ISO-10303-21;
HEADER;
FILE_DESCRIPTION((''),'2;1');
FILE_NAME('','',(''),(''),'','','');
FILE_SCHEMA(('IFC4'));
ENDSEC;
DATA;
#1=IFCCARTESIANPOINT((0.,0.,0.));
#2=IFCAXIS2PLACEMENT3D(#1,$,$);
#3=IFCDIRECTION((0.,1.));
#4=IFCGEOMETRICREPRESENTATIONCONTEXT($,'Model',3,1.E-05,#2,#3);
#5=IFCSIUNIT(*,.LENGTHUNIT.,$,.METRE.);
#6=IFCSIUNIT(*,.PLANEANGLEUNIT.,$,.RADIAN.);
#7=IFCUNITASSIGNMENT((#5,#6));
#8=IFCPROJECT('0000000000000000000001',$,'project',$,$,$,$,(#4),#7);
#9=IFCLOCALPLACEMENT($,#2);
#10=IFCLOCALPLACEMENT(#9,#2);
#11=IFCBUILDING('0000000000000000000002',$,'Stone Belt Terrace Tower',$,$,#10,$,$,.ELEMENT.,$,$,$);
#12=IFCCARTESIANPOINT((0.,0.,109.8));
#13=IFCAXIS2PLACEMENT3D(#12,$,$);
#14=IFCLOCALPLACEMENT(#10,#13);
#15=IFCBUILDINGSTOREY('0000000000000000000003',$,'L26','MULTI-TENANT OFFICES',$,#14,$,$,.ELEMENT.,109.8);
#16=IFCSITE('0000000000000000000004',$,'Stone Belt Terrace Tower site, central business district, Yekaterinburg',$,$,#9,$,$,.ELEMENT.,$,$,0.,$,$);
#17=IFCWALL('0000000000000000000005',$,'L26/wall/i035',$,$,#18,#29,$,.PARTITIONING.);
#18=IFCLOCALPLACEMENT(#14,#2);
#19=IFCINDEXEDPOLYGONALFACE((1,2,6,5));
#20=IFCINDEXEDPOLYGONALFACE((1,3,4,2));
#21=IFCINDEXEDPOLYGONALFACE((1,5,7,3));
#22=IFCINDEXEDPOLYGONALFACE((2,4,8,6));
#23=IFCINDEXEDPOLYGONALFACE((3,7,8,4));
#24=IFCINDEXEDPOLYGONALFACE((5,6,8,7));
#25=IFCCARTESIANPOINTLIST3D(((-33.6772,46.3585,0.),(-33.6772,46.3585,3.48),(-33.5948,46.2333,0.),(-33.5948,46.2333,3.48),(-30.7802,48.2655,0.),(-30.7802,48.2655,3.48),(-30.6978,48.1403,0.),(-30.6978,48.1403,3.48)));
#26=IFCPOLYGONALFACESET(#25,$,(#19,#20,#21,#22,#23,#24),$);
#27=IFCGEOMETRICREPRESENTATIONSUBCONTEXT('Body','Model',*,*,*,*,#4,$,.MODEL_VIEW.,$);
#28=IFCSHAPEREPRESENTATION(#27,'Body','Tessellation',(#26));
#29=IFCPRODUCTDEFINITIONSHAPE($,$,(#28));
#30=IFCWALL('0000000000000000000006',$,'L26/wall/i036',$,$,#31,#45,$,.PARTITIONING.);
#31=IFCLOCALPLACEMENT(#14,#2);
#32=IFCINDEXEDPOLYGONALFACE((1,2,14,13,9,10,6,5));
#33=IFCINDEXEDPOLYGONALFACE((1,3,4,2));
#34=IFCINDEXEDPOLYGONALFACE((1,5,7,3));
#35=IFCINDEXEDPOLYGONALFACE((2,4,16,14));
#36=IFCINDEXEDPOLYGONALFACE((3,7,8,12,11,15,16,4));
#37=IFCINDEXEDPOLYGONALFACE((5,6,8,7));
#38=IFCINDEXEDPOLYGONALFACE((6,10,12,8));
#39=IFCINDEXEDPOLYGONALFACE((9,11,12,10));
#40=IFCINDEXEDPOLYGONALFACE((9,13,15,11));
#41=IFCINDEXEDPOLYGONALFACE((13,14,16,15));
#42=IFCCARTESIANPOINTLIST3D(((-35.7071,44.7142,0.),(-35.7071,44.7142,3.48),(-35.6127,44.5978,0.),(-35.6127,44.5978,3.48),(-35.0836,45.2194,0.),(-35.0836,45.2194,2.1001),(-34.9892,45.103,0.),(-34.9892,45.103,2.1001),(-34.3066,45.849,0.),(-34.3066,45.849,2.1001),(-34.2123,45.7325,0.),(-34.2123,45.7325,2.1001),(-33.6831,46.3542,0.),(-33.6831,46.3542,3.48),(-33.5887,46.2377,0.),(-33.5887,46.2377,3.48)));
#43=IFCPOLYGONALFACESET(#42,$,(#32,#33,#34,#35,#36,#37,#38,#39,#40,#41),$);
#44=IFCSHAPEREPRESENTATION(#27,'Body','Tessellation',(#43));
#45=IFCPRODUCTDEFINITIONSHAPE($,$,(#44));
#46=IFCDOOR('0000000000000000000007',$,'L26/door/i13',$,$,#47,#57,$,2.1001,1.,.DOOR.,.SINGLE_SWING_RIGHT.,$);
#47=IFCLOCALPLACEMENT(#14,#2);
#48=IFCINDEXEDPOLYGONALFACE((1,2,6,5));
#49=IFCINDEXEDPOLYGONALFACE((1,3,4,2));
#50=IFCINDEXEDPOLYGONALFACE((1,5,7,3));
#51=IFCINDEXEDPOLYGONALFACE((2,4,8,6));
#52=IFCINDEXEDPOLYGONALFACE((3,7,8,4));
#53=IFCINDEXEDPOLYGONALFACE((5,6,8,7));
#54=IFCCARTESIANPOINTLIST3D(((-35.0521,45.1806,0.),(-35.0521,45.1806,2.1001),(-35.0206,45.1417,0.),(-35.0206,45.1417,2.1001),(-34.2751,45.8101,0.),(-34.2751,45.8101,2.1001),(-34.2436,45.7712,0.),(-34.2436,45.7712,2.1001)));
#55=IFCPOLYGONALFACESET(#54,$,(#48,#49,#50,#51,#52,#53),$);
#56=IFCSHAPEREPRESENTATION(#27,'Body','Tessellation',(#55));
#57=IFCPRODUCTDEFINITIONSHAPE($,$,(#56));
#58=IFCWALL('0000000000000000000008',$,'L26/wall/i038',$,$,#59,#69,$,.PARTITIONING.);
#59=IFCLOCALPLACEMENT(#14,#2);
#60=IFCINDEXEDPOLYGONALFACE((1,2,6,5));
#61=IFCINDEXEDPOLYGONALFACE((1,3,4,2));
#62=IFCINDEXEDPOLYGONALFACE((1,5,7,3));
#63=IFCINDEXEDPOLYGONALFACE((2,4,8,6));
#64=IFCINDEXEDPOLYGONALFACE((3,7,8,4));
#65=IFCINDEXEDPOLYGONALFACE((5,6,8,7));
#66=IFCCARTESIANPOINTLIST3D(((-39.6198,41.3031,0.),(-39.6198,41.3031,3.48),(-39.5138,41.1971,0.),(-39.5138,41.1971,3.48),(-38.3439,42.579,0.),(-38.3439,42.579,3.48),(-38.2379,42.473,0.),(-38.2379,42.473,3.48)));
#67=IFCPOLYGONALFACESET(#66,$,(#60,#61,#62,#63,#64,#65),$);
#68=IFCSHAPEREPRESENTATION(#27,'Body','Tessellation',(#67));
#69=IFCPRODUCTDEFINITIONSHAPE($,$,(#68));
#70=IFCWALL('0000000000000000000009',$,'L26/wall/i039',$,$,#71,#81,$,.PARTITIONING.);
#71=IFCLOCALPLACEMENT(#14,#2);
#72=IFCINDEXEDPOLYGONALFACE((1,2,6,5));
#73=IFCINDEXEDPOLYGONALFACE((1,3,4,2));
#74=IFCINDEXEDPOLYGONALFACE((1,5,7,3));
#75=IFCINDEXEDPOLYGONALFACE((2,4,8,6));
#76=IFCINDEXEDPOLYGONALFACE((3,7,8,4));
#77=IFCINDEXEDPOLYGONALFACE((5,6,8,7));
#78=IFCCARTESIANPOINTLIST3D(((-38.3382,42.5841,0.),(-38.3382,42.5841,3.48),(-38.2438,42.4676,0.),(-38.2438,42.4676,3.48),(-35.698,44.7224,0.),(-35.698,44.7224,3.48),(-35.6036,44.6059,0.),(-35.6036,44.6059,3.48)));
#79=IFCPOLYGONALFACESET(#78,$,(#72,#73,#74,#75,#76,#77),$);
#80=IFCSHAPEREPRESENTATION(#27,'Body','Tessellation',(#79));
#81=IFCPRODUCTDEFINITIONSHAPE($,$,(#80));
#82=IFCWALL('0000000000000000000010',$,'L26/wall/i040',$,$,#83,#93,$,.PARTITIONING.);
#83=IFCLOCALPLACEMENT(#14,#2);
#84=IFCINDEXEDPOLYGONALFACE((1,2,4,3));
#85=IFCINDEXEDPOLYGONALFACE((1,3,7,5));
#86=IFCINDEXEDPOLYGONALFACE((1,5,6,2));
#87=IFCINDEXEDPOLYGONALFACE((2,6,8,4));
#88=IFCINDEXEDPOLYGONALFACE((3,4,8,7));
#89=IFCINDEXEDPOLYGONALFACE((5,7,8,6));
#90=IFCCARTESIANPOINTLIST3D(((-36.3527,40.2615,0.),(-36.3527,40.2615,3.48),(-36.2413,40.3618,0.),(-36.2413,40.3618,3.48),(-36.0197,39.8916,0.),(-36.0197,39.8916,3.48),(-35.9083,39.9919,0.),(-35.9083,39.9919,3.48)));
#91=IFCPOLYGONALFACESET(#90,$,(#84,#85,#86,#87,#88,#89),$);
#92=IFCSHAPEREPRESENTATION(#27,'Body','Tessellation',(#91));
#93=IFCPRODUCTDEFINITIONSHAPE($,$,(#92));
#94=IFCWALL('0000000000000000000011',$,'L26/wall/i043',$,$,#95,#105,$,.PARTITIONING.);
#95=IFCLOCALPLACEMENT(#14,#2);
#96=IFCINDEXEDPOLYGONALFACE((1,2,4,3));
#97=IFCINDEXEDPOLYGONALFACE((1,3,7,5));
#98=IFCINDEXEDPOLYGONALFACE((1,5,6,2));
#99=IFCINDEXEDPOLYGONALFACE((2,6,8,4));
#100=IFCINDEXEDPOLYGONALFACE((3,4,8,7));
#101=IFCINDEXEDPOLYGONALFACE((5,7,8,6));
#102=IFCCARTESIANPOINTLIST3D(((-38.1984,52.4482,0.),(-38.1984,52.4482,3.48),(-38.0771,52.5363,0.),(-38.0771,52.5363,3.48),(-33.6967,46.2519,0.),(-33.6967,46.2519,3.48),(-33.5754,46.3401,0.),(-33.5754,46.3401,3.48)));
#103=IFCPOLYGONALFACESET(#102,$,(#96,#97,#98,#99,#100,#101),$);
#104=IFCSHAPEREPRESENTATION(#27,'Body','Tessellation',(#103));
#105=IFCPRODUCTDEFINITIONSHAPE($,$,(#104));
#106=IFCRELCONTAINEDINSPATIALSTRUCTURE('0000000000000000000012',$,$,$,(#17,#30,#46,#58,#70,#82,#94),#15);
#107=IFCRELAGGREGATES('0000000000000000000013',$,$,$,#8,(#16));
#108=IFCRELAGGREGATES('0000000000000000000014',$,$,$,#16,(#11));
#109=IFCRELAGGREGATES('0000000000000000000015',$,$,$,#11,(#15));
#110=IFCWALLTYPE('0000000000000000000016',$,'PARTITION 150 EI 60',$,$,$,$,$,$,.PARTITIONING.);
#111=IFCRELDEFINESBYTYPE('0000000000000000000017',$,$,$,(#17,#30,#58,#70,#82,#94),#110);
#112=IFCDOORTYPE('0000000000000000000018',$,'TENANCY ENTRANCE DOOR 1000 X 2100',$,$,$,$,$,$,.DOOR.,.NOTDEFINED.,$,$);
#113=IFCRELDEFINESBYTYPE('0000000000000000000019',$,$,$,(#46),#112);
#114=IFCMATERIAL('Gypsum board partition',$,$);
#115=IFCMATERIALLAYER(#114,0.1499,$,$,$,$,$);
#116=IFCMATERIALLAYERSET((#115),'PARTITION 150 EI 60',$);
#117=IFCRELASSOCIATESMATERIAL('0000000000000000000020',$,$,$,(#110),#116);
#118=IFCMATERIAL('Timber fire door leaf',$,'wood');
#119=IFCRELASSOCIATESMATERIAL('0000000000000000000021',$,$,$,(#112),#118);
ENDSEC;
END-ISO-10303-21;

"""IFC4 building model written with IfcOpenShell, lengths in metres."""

from ifc_helpers import new_model, si_unit, direction, frame, frame_2d, origin, place, context, subcontext, project, spatial, rectangle, extrude, material, layer, layer_set, type_object, element, fill, save


model = new_model("IFC4")

# Units and contexts
model_context = context("Model", 3, precision=1e-05, world=origin(), true_north=direction((0.0, 1.0)))
body_context = subcontext(model_context, "Body", "Model", "MODEL_VIEW")
ifc_project = project(units=[si_unit("LENGTHUNIT", "METRE"), si_unit("PLANEANGLEUNIT", "RADIAN")], contexts=[model_context])

# Site, building, storey
site_placement = place(None, origin())
site = spatial("IfcSite", under=ifc_project, at=site_placement, Name="Stone Belt Terrace Tower site, central business district, Yekaterinburg", CompositionType="ELEMENT", RefElevation=0.0)
building_placement = place(site_placement, origin())
building = spatial("IfcBuilding", under=site, at=building_placement, Name="Stone Belt Terrace Tower", CompositionType="ELEMENT")
storey_placement = place(building_placement, frame((0.0, 0.0, 109.8)))
storey = spatial("IfcBuildingStorey", under=building, at=storey_placement, Name="L26", Description="MULTI-TENANT OFFICES", CompositionType="ELEMENT", Elevation=109.8)

# Shared definitions
ifc_material_1 = material(Name="Gypsum board partition")

# Shared definitions
ifc_layer_1 = layer(ifc_material_1, 0.1499)
ifc_layer_set_1 = layer_set([ifc_layer_1], Name="PARTITION 150 EI 60")
wall_type_1 = type_object("IfcWallType", Name="PARTITION 150 EI 60", PredefinedType="PARTITIONING", material=ifc_layer_set_1)

# Shared definitions
ifc_material_2 = material(Name="Timber fire door leaf", Category="wood")
door_type_1 = type_object("IfcDoorType", Name="TENANCY ENTRANCE DOOR 1000 X 2100", OperationType="NOTDEFINED", PredefinedType="DOOR", material=ifc_material_2)

# Wall
wall_1_placement = place(storey_placement, frame((-33.636, 46.2959, 0.0), z_axis=(0.0, 0.0, 1.0), x_axis=(0.835274, 0.549834, 0.0)))
element("IfcWall", 1, at=wall_1_placement, inside=storey, type_object=wall_type_1, Name="L26/wall/i035", PredefinedType="PARTITIONING", context=body_context, shape_type="SweptSolid", body=[
    extrude(rectangle(XDim=3.4683, YDim=0.1499, at=frame_2d((1.7341, 0.0))), origin(), (0.0, 0.0, 1.0), 3.48),
])

# Wall, opening, door
wall_2_placement = place(storey_placement, frame((-35.6599, 44.656, 0.0), z_axis=(0.0, 0.0, 1.0), x_axis=(0.776968, 0.629541, 0.0)))
wall_2 = element("IfcWall", 2, at=wall_2_placement, inside=storey, type_object=wall_type_1, Name="L26/wall/i036", PredefinedType="PARTITIONING", context=body_context, shape_type="SweptSolid", body=[
    extrude(rectangle(XDim=2.605, YDim=0.1499, at=frame_2d((1.3025, 0.0))), origin(), (0.0, 0.0, 1.0), 3.48),
])
opening_1_placement = place(wall_2_placement, frame((0.8025, 0.0, 0.0)))
opening_1 = element("IfcOpeningElement", 3, at=opening_1_placement, cuts=wall_2, PredefinedType="OPENING", context=body_context, shape_type="SweptSolid", body=[
    extrude(rectangle(XDim=1.0, YDim=2.1001, at=frame_2d((0.5, 1.05))), frame((0.0, 0.085, 0.0), z_axis=(0.0, -1.0, 0.0), x_axis=(1.0, 0.0, 0.0)), (0.0, 0.0, 1.0), 0.1699),
])
door_1_placement = place(opening_1_placement, origin())
door_1 = element("IfcDoor", 4, at=door_1_placement, inside=storey, type_object=door_type_1, Name="L26/door/i13", OperationType="SINGLE_SWING_RIGHT", OverallHeight=2.1001, OverallWidth=1.0, PredefinedType="DOOR", context=body_context, shape_type="SweptSolid", body=[
    extrude(rectangle(XDim=1.0, YDim=2.1001, at=frame_2d((0.5, 1.05))), frame((0.0, 0.0249, 0.0), z_axis=(0.0, -1.0, 0.0), x_axis=(1.0, 0.0, 0.0)), (0.0, 0.0, 1.0), 0.05),
])
fill(opening_1, door_1)

# Walls
wall_3_placement = place(storey_placement, frame((-39.5669, 41.25, 0.0), z_axis=(0.0, 0.0, 1.0), x_axis=(0.707107, 0.707107, 0.0)))
element("IfcWall", 5, at=wall_3_placement, inside=storey, type_object=wall_type_1, Name="L26/wall/i038", PredefinedType="PARTITIONING", context=body_context, shape_type="SweptSolid", body=[
    extrude(rectangle(XDim=1.8044, YDim=0.1499, at=frame_2d((0.9023, 0.0))), origin(), (0.0, 0.0, 1.0), 3.48),
])
wall_4_placement = place(storey_placement, frame((-38.291, 42.5259, 0.0), z_axis=(0.0, 0.0, 1.0), x_axis=(0.777111, 0.629364, 0.0)))
element("IfcWall", 6, at=wall_4_placement, inside=storey, type_object=wall_type_1, Name="L26/wall/i039", PredefinedType="PARTITIONING", context=body_context, shape_type="SweptSolid", body=[
    extrude(rectangle(XDim=3.3975, YDim=0.1499, at=frame_2d((1.6987, 0.0))), origin(), (0.0, 0.0, 1.0), 3.48),
])
wall_5_placement = place(storey_placement, frame((-36.2971, 40.3118, 0.0), z_axis=(0.0, 0.0, 1.0), x_axis=(0.6691, -0.743172, 0.0)))
element("IfcWall", 7, at=wall_5_placement, inside=storey, type_object=wall_type_1, Name="L26/wall/i040", PredefinedType="PARTITIONING", context=body_context, shape_type="SweptSolid", body=[
    extrude(rectangle(XDim=0.4978, YDim=0.1499, at=frame_2d((0.249, 0.0))), origin(), (0.0, 0.0, 1.0), 3.48),
])
wall_6_placement = place(storey_placement, frame((-33.636, 46.2959, 0.0), z_axis=(0.0, 0.0, 1.0), x_axis=(-0.587772, 0.809027, 0.0)))
element("IfcWall", 8, at=wall_6_placement, inside=storey, type_object=wall_type_1, Name="L26/wall/i043", PredefinedType="PARTITIONING", context=body_context, shape_type="SweptSolid", body=[
    extrude(rectangle(XDim=7.6589, YDim=0.1499, at=frame_2d((3.8296, 0.0))), origin(), (0.0, 0.0, 1.0), 3.48),
])

save(model, "model.ifc")
